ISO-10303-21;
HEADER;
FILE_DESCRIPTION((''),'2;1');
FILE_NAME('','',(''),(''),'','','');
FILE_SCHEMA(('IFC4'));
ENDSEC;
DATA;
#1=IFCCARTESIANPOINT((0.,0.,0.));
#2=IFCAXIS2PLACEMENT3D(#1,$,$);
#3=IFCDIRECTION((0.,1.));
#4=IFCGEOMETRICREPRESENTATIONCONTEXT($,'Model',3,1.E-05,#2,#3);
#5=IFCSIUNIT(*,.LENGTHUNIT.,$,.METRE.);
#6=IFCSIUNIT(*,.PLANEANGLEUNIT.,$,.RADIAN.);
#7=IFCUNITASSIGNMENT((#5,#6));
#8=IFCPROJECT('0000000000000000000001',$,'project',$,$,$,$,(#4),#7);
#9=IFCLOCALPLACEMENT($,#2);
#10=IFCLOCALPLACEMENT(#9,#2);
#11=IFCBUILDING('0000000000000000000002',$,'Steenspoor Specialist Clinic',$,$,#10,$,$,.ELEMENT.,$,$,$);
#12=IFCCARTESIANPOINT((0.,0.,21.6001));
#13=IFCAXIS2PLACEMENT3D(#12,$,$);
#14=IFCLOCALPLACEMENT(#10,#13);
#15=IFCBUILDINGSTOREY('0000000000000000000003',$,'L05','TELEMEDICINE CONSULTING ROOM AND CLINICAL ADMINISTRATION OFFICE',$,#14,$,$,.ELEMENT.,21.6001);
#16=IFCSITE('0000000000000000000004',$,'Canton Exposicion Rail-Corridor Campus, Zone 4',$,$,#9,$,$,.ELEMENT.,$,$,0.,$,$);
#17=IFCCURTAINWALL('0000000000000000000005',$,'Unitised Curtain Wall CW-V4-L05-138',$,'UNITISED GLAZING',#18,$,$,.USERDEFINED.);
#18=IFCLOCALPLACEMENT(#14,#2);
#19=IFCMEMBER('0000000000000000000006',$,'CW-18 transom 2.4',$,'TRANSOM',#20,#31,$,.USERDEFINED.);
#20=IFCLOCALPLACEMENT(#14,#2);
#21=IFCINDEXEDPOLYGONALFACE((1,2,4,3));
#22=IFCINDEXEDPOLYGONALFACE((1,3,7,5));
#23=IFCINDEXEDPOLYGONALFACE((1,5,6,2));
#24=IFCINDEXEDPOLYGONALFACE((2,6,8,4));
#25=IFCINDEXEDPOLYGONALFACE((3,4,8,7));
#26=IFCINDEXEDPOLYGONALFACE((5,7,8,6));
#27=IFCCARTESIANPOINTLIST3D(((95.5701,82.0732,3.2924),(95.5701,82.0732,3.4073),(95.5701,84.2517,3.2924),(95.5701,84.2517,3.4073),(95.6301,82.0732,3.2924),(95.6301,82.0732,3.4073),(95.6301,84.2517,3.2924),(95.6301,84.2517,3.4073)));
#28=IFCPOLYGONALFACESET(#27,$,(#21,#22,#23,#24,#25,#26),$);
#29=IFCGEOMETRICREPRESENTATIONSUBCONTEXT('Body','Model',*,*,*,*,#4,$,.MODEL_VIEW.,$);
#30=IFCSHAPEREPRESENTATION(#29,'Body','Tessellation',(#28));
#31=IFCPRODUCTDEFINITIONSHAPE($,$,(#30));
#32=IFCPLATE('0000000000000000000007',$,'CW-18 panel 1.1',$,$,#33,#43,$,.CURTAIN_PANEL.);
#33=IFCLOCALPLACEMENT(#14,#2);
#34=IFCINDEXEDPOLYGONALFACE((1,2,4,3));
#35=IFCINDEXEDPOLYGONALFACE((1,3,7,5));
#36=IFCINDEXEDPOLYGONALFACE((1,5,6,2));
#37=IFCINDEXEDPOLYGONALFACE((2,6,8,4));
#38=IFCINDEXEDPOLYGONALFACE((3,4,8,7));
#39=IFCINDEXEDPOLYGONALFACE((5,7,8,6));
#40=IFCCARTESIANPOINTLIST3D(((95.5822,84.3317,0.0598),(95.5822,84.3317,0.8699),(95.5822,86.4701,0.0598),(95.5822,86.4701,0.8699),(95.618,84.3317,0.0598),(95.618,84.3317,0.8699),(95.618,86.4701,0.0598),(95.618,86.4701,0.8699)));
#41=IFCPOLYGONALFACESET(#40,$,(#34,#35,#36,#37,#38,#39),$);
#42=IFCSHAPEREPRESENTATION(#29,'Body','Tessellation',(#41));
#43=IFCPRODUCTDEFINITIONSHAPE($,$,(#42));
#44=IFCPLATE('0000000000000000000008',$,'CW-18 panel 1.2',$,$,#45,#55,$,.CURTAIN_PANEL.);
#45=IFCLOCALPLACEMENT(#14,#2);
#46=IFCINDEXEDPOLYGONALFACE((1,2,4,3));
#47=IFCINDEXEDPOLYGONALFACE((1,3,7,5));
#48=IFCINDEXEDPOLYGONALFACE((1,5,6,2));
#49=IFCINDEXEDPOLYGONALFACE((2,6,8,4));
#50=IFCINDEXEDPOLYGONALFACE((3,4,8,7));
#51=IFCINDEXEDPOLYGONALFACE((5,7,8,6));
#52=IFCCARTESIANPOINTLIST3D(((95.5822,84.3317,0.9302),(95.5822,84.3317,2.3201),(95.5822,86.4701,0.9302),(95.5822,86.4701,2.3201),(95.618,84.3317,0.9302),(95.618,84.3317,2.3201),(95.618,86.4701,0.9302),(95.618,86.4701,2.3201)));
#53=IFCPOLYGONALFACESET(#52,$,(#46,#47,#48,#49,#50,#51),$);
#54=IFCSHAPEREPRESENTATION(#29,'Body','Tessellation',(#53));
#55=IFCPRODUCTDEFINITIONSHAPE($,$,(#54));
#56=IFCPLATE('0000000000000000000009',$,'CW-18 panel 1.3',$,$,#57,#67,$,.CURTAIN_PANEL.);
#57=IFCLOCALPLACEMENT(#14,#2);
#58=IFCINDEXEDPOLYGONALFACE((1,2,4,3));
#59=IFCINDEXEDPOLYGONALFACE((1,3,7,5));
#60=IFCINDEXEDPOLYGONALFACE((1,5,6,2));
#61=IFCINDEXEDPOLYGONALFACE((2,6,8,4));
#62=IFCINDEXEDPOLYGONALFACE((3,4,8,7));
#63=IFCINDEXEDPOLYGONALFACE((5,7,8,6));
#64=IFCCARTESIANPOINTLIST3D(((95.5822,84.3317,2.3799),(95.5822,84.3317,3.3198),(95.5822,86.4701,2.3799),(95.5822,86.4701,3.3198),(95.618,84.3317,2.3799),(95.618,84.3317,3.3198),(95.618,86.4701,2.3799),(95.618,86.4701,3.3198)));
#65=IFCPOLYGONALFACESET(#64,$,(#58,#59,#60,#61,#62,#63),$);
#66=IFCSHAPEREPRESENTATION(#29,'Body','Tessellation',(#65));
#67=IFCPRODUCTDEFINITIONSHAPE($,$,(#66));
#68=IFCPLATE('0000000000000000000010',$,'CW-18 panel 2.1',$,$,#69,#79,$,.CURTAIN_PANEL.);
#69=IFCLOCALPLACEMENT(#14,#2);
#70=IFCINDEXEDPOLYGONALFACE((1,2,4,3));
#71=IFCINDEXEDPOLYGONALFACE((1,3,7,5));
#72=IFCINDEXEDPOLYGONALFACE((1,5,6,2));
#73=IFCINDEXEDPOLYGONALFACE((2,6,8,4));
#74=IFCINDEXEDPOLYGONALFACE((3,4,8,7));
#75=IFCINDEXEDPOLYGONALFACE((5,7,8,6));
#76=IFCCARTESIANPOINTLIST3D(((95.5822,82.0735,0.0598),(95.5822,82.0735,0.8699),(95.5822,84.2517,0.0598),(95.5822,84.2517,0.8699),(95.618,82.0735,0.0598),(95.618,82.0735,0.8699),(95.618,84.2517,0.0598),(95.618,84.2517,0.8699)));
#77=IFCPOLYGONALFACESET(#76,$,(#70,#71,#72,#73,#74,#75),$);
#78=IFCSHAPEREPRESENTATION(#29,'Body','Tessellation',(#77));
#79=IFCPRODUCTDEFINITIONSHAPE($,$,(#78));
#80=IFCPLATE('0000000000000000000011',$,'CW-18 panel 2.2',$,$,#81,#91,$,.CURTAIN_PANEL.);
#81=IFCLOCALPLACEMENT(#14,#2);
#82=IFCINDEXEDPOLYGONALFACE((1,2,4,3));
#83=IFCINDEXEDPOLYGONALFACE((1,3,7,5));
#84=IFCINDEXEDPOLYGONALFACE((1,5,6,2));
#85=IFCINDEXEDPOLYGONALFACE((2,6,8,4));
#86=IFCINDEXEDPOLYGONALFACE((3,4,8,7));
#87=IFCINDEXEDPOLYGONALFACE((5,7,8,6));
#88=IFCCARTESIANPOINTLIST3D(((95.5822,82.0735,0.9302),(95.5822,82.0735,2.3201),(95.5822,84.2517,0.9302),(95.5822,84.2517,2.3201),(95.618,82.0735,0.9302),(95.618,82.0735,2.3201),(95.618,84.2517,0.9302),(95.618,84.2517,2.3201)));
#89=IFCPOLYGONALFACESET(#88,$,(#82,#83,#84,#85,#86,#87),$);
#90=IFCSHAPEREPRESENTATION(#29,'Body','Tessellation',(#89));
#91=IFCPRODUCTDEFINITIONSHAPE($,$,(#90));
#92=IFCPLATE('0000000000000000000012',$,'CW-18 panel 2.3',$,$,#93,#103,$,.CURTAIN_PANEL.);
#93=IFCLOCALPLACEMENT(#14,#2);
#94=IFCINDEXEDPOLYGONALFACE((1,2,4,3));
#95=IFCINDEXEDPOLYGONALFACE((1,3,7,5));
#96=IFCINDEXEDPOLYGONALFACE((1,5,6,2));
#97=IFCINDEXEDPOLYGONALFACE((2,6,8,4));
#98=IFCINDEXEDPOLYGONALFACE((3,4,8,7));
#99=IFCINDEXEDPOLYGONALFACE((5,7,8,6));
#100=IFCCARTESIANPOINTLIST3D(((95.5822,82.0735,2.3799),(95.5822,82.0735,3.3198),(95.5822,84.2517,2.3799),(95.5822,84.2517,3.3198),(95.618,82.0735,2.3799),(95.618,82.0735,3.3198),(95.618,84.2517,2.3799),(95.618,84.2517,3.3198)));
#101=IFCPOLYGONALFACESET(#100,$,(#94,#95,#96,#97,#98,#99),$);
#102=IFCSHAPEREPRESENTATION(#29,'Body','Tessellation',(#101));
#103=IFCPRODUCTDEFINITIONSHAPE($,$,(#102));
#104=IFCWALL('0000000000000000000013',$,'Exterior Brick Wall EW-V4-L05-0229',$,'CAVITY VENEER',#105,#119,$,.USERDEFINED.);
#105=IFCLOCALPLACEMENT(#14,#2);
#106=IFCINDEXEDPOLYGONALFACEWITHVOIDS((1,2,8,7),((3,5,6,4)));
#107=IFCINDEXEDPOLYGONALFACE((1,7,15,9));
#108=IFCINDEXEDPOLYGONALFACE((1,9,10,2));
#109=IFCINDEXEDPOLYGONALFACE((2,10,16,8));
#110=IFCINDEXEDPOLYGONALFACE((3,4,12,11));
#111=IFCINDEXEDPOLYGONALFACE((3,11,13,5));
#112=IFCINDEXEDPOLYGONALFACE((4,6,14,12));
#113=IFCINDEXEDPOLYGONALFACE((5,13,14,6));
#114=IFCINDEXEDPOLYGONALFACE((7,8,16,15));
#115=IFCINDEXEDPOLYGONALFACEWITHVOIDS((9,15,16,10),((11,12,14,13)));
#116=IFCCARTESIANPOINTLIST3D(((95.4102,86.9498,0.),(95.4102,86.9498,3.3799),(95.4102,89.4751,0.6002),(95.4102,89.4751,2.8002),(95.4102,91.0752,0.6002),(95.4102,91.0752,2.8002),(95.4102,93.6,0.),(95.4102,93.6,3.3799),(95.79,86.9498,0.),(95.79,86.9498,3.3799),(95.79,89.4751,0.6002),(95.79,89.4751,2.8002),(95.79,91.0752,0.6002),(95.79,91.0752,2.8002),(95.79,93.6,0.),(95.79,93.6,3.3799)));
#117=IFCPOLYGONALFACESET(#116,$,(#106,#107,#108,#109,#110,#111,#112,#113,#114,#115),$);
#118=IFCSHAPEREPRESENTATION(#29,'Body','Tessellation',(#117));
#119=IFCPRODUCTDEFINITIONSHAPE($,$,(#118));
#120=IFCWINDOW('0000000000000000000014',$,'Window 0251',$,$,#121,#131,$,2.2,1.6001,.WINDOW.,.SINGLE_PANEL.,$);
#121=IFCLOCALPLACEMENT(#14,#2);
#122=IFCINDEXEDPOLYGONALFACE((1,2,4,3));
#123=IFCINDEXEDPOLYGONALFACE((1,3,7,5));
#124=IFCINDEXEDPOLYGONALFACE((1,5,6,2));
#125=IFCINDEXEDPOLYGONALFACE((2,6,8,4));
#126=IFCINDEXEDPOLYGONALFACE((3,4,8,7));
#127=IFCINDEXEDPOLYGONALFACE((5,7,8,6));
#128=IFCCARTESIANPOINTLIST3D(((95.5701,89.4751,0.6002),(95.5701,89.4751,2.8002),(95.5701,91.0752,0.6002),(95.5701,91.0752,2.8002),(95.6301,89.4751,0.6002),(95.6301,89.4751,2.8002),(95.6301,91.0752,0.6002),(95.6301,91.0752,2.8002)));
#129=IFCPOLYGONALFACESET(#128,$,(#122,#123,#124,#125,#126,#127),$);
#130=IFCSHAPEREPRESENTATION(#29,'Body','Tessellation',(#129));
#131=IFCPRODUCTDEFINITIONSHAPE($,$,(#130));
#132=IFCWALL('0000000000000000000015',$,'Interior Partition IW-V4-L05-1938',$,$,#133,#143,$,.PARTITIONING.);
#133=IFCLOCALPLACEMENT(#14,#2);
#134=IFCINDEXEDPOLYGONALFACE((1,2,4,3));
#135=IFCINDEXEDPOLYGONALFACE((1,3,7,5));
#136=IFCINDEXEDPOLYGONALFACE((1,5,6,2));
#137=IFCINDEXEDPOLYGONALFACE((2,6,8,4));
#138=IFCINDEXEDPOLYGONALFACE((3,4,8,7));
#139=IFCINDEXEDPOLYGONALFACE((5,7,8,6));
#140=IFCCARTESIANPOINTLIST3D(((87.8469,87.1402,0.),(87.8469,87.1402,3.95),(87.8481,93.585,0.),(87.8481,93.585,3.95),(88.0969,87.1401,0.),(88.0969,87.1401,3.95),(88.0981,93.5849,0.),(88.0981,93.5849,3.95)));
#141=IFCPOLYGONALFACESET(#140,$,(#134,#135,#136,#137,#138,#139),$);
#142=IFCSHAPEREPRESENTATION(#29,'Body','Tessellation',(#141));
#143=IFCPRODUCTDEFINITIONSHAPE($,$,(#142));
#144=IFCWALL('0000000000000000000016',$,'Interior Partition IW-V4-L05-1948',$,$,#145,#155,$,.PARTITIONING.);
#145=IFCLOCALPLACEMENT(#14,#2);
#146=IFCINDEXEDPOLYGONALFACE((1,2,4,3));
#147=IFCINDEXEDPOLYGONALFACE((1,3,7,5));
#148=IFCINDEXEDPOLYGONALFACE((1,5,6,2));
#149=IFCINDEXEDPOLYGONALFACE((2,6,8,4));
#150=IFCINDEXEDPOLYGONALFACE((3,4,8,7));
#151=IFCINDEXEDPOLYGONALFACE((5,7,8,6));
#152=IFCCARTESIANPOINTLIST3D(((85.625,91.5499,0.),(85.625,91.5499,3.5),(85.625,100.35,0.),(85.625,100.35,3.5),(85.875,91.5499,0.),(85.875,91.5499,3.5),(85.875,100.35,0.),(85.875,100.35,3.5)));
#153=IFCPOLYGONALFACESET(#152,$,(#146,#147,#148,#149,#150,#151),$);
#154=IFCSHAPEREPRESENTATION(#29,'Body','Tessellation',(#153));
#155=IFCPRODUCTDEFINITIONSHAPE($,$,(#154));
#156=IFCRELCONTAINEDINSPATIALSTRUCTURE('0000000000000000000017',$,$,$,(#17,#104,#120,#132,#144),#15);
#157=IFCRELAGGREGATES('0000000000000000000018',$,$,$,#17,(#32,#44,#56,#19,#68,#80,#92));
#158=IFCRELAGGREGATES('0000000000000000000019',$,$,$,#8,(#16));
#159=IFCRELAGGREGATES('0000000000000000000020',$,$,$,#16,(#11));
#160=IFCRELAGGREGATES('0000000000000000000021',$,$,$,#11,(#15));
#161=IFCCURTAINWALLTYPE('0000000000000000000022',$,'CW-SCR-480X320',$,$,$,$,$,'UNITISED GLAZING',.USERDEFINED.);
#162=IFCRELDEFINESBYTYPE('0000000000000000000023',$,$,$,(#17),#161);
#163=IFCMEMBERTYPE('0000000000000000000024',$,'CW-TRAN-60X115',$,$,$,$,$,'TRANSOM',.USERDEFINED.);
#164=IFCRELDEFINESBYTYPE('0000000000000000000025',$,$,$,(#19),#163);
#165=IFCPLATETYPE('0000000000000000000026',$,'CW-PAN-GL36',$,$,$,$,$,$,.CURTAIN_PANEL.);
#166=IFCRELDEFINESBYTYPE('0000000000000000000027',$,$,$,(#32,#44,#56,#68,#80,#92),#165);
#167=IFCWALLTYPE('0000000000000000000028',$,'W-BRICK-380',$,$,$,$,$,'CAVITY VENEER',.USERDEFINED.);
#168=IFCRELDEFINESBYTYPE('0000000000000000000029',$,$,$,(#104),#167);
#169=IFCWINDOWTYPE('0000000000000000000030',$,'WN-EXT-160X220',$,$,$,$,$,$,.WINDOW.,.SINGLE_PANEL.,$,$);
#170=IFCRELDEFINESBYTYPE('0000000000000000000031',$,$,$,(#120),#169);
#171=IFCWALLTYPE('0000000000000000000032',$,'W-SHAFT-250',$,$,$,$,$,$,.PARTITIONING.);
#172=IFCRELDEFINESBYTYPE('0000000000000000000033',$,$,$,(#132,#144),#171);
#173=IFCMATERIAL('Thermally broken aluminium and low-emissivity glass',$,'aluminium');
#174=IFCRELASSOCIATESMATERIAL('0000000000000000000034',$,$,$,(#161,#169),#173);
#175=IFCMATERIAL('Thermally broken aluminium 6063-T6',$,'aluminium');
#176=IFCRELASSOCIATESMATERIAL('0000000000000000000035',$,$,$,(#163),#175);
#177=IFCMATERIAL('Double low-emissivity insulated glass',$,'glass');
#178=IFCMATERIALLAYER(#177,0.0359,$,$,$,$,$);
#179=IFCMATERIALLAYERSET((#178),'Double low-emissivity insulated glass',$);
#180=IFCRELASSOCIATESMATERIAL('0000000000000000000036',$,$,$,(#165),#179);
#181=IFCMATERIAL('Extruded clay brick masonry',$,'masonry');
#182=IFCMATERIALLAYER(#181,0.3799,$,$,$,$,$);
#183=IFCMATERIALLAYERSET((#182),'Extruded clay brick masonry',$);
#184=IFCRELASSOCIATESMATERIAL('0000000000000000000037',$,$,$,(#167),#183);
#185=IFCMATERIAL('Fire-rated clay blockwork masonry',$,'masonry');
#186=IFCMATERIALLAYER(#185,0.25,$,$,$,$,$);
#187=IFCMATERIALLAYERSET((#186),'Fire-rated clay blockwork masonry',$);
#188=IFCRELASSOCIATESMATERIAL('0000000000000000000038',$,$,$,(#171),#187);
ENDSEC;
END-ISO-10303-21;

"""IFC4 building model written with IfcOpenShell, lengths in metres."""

from ifc_helpers import new_model, si_unit, direction, frame, frame_2d, origin, origin_2d, place, context, subcontext, project, spatial, rectangle, extrude, material, layer, layer_set, material_profile, profile_set, type_object, element, fill, aggregate, save


model = new_model("IFC4")

# Units and contexts
model_context = context("Model", 3, precision=1e-05, world=origin(), true_north=direction((0.0, 1.0)))
body_context = subcontext(model_context, "Body", "Model", "MODEL_VIEW")
ifc_project = project(units=[si_unit("LENGTHUNIT", "METRE"), si_unit("PLANEANGLEUNIT", "RADIAN")], contexts=[model_context])

# Site, building, storey
site_placement = place(None, origin())
site = spatial("IfcSite", under=ifc_project, at=site_placement, Name="Canton Exposicion Rail-Corridor Campus, Zone 4", CompositionType="ELEMENT", RefElevation=0.0)
building_placement = place(site_placement, origin())
building = spatial("IfcBuilding", under=site, at=building_placement, Name="Steenspoor Specialist Clinic", CompositionType="ELEMENT")
storey_placement = place(building_placement, frame((0.0, 0.0, 21.6001)))
storey = spatial("IfcBuildingStorey", under=building, at=storey_placement, Name="L05", Description="TELEMEDICINE CONSULTING ROOM AND CLINICAL ADMINISTRATION OFFICE", CompositionType="ELEMENT", Elevation=21.6001)

# Curtain wall, member, plates
ifc_material_1 = material(Name="Thermally broken aluminium and low-emissivity glass", Category="aluminium")
curtain_wall_type = type_object("IfcCurtainWallType", Name="CW-SCR-480X320", ElementType="UNITISED GLAZING", PredefinedType="USERDEFINED", material=ifc_material_1)
curtain_wall_placement = place(storey_placement, origin())
curtain_wall = element("IfcCurtainWall", 1, at=curtain_wall_placement, inside=storey, type_object=curtain_wall_type, Name="Unitised Curtain Wall CW-V4-L05-138", ObjectType="UNITISED GLAZING", PredefinedType="USERDEFINED")
ifc_material_2 = material(Name="Thermally broken aluminium 6063-T6", Category="aluminium")
ifc_material_profile_1 = material_profile(ifc_material_2, rectangle(XDim=0.0601, YDim=0.115, at=origin_2d()), Name="CWT-60X115")
ifc_profile_set_1 = profile_set([ifc_material_profile_1], Name="Thermally broken aluminium 6063-T6")
member_type_1 = type_object("IfcMemberType", Name="CW-TRAN-60X115", ElementType="TRANSOM", PredefinedType="USERDEFINED", material=ifc_profile_set_1)
member_1_placement = place(storey_placement, frame((95.6001, 84.2517, 3.3499), z_axis=(0.0, -1.0, 0.0), x_axis=(1.0, 0.0, 0.0)))
member_1 = element("IfcMember", 2, at=member_1_placement, type_object=member_type_1, Name="CW-18 transom 2.4", ObjectType="TRANSOM", PredefinedType="USERDEFINED", context=body_context, shape_type="SweptSolid", body=[
    extrude(rectangle(XDim=0.0601, YDim=0.115, at=origin_2d()), origin(), (0.0, 0.0, 1.0), 2.1785),
])
ifc_material_3 = material(Name="Double low-emissivity insulated glass", Category="glass")
ifc_layer_1 = layer(ifc_material_3, 0.0359)
ifc_layer_set_1 = layer_set([ifc_layer_1], Name="Double low-emissivity insulated glass")
plate_type = type_object("IfcPlateType", Name="CW-PAN-GL36", PredefinedType="CURTAIN_PANEL", material=ifc_layer_set_1)
plate_1_placement = place(storey_placement, frame((95.6001, 85.4009, 0.0598), z_axis=(0.0, 0.0, 1.0), x_axis=(0.0, -1.0, 0.0)))
plate_1 = element("IfcPlate", 3, at=plate_1_placement, type_object=plate_type, Name="CW-18 panel 1.1", PredefinedType="CURTAIN_PANEL", context=body_context, shape_type="SweptSolid", body=[
    extrude(rectangle(XDim=2.1384, YDim=0.0359, at=origin_2d()), origin(), (0.0, 0.0, 1.0), 0.8101),
])
plate_2_placement = place(storey_placement, frame((95.6001, 85.4009, 0.9302), z_axis=(0.0, 0.0, 1.0), x_axis=(0.0, -1.0, 0.0)))
plate_2 = element("IfcPlate", 4, at=plate_2_placement, type_object=plate_type, Name="CW-18 panel 1.2", PredefinedType="CURTAIN_PANEL", context=body_context, shape_type="SweptSolid", body=[
    extrude(rectangle(XDim=2.1384, YDim=0.0359, at=origin_2d()), origin(), (0.0, 0.0, 1.0), 1.3899),
])
plate_3_placement = place(storey_placement, frame((95.6001, 85.4009, 2.3799), z_axis=(0.0, 0.0, 1.0), x_axis=(0.0, -1.0, 0.0)))
plate_3 = element("IfcPlate", 5, at=plate_3_placement, type_object=plate_type, Name="CW-18 panel 1.3", PredefinedType="CURTAIN_PANEL", context=body_context, shape_type="SweptSolid", body=[
    extrude(rectangle(XDim=2.1384, YDim=0.0359, at=origin_2d()), origin(), (0.0, 0.0, 1.0), 0.9399),
])
plate_4_placement = place(storey_placement, frame((95.6001, 83.1626, 0.0598), z_axis=(0.0, 0.0, 1.0), x_axis=(0.0, -1.0, 0.0)))
plate_4 = element("IfcPlate", 6, at=plate_4_placement, type_object=plate_type, Name="CW-18 panel 2.1", PredefinedType="CURTAIN_PANEL", context=body_context, shape_type="SweptSolid", body=[
    extrude(rectangle(XDim=2.1782, YDim=0.0359, at=origin_2d()), origin(), (0.0, 0.0, 1.0), 0.8101),
])
plate_5_placement = place(storey_placement, frame((95.6001, 83.1626, 0.9302), z_axis=(0.0, 0.0, 1.0), x_axis=(0.0, -1.0, 0.0)))
plate_5 = element("IfcPlate", 7, at=plate_5_placement, type_object=plate_type, Name="CW-18 panel 2.2", PredefinedType="CURTAIN_PANEL", context=body_context, shape_type="SweptSolid", body=[
    extrude(rectangle(XDim=2.1782, YDim=0.0359, at=origin_2d()), origin(), (0.0, 0.0, 1.0), 1.3899),
])
plate_6_placement = place(storey_placement, frame((95.6001, 83.1626, 2.3799), z_axis=(0.0, 0.0, 1.0), x_axis=(0.0, -1.0, 0.0)))
plate_6 = element("IfcPlate", 8, at=plate_6_placement, type_object=plate_type, Name="CW-18 panel 2.3", PredefinedType="CURTAIN_PANEL", context=body_context, shape_type="SweptSolid", body=[
    extrude(rectangle(XDim=2.1782, YDim=0.0359, at=origin_2d()), origin(), (0.0, 0.0, 1.0), 0.9399),
])
aggregate(curtain_wall, [plate_1, plate_2, plate_3, member_1, plate_4, plate_5, plate_6])

# Wall, opening, window
ifc_material_4 = material(Name="Extruded clay brick masonry", Category="masonry")
ifc_layer_2 = layer(ifc_material_4, 0.3799)
ifc_layer_set_2 = layer_set([ifc_layer_2], Name="Extruded clay brick masonry")
wall_type_1 = type_object("IfcWallType", Name="W-BRICK-380", ElementType="CAVITY VENEER", PredefinedType="USERDEFINED", material=ifc_layer_set_2)
wall_1_placement = place(storey_placement, frame((95.6001, 93.6001, 0.0), z_axis=(0.0, 0.0, 1.0), x_axis=(0.0, -1.0, 0.0)))
wall_1 = element("IfcWall", 9, at=wall_1_placement, inside=storey, type_object=wall_type_1, Name="Exterior Brick Wall EW-V4-L05-0229", ObjectType="CAVITY VENEER", PredefinedType="USERDEFINED", context=body_context, shape_type="SweptSolid", body=[
    extrude(rectangle(XDim=6.6501, YDim=0.3799, at=frame_2d((3.3252, 0.0))), origin(), (0.0, 0.0, 1.0), 3.3799),
])
opening_placement = place(wall_1_placement, frame((2.5249, 0.0, 0.6001)))
opening = element("IfcOpeningElement", 10, at=opening_placement, cuts=wall_1, PredefinedType="OPENING", context=body_context, shape_type="SweptSolid", body=[
    extrude(rectangle(XDim=1.6001, YDim=2.2, at=frame_2d((0.8, 1.1001))), frame((0.0, 0.2, 0.0), z_axis=(0.0, -1.0, 0.0), x_axis=(1.0, 0.0, 0.0)), (0.0, 0.0, 1.0), 0.3999),
])
window_type = type_object("IfcWindowType", Name="WN-EXT-160X220", PartitioningType="SINGLE_PANEL", PredefinedType="WINDOW", material=ifc_material_1)
window_placement = place(opening_placement, origin())
window = element("IfcWindow", 11, at=window_placement, inside=storey, type_object=window_type, Name="Window 0251", OverallHeight=2.2, OverallWidth=1.6001, PartitioningType="SINGLE_PANEL", PredefinedType="WINDOW", context=body_context, shape_type="SweptSolid", body=[
    extrude(rectangle(XDim=1.6001, YDim=2.2, at=frame_2d((0.8, 1.1001))), frame((0.0, 0.03, 0.0), z_axis=(0.0, -1.0, 0.0), x_axis=(1.0, 0.0, 0.0)), (0.0, 0.0, 1.0), 0.0601),
])
fill(opening, window)

# Walls
ifc_material_5 = material(Name="Fire-rated clay blockwork masonry", Category="masonry")
ifc_layer_3 = layer(ifc_material_5, 0.25)
ifc_layer_set_3 = layer_set([ifc_layer_3], Name="Fire-rated clay blockwork masonry")
wall_type_2 = type_object("IfcWallType", Name="W-SHAFT-250", PredefinedType="PARTITIONING", material=ifc_layer_set_3)
wall_2_placement = place(storey_placement, frame((87.9719, 87.1401, 0.0), z_axis=(0.0, 0.0, 1.0), x_axis=(0.000189, 1.0, 0.0)))
element("IfcWall", 12, at=wall_2_placement, inside=storey, type_object=wall_type_2, Name="Interior Partition IW-V4-L05-1938", PredefinedType="PARTITIONING", context=body_context, shape_type="SweptSolid", body=[
    extrude(rectangle(XDim=6.4448, YDim=0.25, at=frame_2d((3.2224, 0.0))), origin(), (0.0, 0.0, 1.0), 3.95),
])
wall_3_placement = place(storey_placement, frame((85.75, 91.55, 0.0), z_axis=(0.0, 0.0, 1.0), x_axis=(0.0, 1.0, 0.0)))
element("IfcWall", 13, at=wall_3_placement, inside=storey, type_object=wall_type_2, Name="Interior Partition IW-V4-L05-1948", PredefinedType="PARTITIONING", context=body_context, shape_type="SweptSolid", body=[
    extrude(rectangle(XDim=8.8, YDim=0.25, at=frame_2d((4.3999, 0.0))), origin(), (0.0, 0.0, 1.0), 3.5),
])

save(model, "model.ifc")
